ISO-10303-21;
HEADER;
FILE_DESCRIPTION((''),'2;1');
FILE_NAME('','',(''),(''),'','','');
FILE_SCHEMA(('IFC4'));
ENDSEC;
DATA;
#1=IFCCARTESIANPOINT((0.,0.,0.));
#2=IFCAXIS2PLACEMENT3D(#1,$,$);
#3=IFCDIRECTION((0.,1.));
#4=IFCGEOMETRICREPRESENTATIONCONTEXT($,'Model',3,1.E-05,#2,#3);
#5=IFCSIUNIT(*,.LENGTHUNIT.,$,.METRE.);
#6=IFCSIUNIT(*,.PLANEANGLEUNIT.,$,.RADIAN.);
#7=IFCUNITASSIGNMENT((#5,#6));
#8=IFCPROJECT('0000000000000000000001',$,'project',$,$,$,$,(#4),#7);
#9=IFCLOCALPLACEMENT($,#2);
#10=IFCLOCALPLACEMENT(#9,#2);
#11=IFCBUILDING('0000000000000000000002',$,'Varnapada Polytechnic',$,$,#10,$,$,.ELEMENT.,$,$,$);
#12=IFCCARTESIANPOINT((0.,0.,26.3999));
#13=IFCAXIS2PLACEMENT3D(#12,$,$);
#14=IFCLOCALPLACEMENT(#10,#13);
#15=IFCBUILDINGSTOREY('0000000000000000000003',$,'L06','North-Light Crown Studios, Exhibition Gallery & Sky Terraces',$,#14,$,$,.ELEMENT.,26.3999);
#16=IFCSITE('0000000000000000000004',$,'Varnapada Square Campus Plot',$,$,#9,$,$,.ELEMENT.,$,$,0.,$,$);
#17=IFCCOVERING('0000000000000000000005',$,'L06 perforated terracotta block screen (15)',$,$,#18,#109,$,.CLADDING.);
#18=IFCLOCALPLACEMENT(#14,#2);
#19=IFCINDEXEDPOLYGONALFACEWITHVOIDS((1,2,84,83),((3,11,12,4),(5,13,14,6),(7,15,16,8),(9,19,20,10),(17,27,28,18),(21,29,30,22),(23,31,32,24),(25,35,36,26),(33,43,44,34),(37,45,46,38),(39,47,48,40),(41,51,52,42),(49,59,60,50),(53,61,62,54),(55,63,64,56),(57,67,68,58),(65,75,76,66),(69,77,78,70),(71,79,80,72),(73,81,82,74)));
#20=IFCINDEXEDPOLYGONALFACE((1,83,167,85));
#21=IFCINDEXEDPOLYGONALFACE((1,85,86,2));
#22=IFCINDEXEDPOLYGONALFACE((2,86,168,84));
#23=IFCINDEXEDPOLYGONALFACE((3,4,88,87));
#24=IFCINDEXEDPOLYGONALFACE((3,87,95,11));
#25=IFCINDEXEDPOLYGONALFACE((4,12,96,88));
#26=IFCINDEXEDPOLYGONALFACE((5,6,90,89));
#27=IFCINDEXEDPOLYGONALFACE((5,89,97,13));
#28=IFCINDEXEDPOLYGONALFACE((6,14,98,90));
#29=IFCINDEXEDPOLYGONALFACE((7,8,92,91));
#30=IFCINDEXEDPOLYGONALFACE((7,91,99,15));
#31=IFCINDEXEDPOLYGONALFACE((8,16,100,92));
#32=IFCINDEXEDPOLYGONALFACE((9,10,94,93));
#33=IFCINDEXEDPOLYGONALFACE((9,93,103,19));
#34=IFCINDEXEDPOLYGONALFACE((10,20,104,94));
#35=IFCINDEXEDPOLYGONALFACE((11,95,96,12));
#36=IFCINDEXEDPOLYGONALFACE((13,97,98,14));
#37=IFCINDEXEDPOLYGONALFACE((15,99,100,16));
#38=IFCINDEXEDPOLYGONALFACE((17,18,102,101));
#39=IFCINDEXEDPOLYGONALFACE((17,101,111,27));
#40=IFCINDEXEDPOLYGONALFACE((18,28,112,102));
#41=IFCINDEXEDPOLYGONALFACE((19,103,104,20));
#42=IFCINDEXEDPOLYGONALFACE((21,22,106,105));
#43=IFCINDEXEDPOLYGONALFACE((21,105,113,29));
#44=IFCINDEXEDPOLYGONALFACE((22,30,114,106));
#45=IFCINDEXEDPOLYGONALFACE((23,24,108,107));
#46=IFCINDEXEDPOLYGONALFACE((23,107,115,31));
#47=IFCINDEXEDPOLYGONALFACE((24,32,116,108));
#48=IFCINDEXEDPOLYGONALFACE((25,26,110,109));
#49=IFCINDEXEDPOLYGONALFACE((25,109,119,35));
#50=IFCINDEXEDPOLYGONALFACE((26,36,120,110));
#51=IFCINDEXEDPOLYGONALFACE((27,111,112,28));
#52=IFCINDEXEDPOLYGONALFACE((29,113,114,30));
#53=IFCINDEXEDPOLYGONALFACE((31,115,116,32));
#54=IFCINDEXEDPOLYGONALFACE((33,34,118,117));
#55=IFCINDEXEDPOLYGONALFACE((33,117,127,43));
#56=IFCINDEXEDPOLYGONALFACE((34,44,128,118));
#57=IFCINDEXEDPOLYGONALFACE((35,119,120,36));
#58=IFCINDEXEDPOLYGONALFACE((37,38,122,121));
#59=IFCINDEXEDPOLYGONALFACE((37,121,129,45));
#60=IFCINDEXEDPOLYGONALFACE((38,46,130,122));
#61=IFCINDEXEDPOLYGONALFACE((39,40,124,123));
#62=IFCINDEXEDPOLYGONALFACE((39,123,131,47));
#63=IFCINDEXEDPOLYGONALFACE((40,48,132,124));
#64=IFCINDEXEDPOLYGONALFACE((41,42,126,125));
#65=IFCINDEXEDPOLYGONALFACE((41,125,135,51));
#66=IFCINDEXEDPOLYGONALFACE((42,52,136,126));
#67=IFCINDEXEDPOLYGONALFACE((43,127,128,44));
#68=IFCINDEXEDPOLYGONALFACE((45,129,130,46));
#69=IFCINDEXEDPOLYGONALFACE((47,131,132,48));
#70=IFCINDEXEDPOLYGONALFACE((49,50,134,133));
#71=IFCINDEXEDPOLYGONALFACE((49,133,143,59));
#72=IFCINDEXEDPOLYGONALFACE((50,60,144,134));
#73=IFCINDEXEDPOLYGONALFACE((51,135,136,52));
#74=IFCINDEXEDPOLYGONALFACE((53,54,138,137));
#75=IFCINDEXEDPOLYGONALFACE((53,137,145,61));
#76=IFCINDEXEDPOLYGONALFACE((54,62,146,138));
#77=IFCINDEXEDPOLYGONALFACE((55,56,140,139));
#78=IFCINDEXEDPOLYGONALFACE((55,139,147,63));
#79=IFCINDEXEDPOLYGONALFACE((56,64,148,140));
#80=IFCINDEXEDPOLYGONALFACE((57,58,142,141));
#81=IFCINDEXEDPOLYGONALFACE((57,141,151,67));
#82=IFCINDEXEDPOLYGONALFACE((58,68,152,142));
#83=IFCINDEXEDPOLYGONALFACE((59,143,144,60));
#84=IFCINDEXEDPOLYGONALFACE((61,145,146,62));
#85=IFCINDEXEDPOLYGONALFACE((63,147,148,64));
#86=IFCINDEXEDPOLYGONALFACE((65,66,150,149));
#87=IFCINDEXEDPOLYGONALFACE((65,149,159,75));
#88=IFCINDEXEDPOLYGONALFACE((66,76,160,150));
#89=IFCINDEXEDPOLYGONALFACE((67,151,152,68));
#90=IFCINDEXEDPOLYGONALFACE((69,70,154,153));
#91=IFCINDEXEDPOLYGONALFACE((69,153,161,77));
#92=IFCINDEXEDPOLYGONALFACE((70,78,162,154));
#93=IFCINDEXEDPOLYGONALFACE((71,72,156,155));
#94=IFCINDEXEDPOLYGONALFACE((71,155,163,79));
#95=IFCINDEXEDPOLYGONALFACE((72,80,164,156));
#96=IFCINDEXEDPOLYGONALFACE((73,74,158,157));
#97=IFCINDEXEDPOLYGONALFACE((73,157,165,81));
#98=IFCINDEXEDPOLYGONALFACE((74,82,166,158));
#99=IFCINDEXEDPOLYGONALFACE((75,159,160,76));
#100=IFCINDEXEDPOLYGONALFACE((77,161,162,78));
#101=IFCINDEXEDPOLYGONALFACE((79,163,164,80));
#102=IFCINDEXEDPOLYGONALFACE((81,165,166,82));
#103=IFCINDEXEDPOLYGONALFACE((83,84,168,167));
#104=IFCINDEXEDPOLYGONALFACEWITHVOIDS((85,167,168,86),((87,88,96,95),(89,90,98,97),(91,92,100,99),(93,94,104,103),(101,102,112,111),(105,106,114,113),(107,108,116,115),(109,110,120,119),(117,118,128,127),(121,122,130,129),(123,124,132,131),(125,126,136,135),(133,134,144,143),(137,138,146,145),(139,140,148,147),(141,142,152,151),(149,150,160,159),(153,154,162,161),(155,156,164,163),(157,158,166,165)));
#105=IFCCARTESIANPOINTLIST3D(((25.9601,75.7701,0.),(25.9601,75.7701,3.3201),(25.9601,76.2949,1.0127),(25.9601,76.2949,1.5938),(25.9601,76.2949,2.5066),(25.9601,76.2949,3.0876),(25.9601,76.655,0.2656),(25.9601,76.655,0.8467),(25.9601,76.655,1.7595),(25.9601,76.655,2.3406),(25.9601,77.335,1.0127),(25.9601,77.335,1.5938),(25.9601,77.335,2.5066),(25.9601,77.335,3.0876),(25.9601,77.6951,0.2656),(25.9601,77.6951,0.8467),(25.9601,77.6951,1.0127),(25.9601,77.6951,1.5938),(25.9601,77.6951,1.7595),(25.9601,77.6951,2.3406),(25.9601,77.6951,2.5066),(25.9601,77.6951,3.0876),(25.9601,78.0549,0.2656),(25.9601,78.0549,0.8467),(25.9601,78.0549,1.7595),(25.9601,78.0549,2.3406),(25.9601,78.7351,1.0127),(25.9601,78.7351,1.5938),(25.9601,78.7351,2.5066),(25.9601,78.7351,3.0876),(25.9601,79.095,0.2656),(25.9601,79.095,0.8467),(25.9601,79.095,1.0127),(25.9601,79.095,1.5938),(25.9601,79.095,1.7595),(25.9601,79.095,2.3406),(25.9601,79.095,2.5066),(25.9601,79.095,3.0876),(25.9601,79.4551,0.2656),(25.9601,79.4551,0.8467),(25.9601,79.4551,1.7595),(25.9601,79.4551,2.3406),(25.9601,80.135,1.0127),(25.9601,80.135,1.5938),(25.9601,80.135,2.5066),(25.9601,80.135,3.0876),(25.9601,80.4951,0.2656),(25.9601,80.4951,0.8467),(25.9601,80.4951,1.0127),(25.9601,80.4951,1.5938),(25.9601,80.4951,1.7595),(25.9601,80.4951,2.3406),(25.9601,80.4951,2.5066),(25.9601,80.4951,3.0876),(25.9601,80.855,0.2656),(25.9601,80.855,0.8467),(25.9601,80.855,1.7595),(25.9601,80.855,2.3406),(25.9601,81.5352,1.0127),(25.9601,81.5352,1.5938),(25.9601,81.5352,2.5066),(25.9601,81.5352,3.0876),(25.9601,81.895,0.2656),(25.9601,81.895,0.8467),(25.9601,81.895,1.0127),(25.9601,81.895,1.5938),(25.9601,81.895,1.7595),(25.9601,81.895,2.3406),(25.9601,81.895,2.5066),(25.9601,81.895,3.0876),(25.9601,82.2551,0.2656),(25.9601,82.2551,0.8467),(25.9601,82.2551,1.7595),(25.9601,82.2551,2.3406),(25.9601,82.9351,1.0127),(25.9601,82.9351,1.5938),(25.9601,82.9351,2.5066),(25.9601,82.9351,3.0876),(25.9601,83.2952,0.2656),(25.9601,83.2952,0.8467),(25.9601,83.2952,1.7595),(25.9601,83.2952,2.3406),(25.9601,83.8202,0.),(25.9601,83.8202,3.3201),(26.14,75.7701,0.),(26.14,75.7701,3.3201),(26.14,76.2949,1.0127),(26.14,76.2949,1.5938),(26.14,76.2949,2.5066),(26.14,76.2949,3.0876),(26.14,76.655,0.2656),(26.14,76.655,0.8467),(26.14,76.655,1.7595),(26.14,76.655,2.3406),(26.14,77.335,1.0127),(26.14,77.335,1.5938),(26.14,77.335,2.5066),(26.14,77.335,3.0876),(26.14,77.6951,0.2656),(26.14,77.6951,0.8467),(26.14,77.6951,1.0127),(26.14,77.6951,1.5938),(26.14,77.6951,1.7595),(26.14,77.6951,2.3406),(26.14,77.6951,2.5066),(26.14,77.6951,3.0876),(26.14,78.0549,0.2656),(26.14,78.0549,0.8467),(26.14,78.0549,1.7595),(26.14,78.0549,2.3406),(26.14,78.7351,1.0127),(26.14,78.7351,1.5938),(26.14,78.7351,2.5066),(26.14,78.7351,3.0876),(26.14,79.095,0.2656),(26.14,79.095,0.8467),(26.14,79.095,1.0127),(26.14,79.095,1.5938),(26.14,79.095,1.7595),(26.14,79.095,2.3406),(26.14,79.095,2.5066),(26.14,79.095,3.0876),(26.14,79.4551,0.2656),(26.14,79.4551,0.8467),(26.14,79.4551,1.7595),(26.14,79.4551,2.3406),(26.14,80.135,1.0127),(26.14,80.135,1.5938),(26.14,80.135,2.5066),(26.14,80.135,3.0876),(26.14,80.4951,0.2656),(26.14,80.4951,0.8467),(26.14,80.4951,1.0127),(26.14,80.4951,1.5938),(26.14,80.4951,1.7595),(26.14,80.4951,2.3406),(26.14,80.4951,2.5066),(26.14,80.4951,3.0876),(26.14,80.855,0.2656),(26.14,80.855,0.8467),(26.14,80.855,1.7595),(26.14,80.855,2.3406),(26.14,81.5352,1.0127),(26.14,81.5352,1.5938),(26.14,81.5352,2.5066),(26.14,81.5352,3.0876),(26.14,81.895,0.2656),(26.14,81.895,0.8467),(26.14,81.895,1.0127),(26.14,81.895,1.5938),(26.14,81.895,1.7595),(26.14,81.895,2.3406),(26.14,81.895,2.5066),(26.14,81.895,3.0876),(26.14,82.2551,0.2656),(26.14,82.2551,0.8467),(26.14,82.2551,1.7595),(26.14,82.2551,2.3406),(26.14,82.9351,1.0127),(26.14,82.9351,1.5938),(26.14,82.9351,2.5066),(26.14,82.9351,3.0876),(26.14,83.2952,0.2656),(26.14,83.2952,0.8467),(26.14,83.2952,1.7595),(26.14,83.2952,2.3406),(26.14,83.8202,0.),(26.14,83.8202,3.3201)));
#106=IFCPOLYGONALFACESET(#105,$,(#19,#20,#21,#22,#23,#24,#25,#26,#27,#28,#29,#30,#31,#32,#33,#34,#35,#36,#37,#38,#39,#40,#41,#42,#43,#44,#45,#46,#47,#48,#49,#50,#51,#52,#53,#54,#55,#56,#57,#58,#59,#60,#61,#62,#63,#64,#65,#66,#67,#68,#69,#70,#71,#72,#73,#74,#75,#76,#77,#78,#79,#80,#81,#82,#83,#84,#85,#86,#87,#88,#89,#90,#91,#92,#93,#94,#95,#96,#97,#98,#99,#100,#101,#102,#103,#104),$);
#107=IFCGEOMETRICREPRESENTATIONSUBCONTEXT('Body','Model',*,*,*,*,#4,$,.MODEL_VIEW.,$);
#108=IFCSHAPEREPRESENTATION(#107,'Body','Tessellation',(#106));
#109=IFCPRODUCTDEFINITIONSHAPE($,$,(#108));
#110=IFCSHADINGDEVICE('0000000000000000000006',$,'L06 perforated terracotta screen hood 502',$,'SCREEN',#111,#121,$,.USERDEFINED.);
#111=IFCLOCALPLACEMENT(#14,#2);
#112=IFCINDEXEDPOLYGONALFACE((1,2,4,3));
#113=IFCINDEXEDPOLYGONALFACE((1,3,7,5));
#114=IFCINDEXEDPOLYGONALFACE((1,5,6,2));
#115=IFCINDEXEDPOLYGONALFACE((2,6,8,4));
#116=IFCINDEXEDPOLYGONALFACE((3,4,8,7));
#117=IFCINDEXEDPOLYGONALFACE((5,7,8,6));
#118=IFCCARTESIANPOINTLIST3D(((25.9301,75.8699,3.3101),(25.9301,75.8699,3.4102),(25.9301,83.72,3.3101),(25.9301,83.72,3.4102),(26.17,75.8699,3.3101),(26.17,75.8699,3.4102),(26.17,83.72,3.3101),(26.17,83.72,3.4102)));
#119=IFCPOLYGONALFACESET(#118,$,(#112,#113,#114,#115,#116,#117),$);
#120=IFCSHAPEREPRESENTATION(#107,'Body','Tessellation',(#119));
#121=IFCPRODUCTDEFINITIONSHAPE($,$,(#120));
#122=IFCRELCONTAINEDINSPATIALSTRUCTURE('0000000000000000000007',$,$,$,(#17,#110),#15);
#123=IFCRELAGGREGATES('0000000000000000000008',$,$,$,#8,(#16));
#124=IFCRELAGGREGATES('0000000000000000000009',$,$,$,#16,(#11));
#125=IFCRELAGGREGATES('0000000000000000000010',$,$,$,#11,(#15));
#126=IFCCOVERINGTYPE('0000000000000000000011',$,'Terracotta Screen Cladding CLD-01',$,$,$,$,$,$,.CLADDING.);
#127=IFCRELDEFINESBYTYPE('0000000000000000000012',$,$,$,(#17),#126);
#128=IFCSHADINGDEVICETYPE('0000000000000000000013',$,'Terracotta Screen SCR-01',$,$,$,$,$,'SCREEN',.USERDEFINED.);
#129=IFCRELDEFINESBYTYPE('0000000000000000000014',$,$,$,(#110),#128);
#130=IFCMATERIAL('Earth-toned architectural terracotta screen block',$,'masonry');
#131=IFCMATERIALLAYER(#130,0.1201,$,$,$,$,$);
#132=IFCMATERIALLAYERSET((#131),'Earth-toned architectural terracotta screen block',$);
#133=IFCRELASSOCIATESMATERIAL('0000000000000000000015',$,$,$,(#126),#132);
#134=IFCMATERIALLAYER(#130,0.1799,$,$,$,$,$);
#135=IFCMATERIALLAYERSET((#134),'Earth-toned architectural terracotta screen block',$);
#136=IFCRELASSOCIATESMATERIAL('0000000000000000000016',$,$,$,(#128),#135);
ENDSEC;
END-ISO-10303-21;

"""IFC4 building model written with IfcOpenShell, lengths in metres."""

from ifc_helpers import new_model, si_unit, direction, frame, frame_2d, origin, origin_2d, place, context, subcontext, project, spatial, rectangle, extrude, material, layer, layer_set, type_object, element, save


model = new_model("IFC4")

# Units and contexts
model_context = context("Model", 3, precision=1e-05, world=origin(), true_north=direction((0.0, 1.0)))
body_context = subcontext(model_context, "Body", "Model", "MODEL_VIEW")
ifc_project = project(units=[si_unit("LENGTHUNIT", "METRE"), si_unit("PLANEANGLEUNIT", "RADIAN")], contexts=[model_context])

# Site, building, storey
site_placement = place(None, origin())
site = spatial("IfcSite", under=ifc_project, at=site_placement, Name="Varnapada Square Campus Plot", CompositionType="ELEMENT", RefElevation=0.0)
building_placement = place(site_placement, origin())
building = spatial("IfcBuilding", under=site, at=building_placement, Name="Varnapada Polytechnic", CompositionType="ELEMENT")
storey_placement = place(building_placement, frame((0.0, 0.0, 26.3999)))
storey = spatial("IfcBuildingStorey", under=building, at=storey_placement, Name="L06", Description="North-Light Crown Studios, Exhibition Gallery & Sky Terraces", CompositionType="ELEMENT", Elevation=26.3999)

# Covering, openings
ifc_material_1 = material(Name="Earth-toned architectural terracotta screen block", Category="masonry")
ifc_layer_1 = layer(ifc_material_1, 0.1201)
ifc_layer_set_1 = layer_set([ifc_layer_1], Name="Earth-toned architectural terracotta screen block")
covering_type_1 = type_object("IfcCoveringType", Name="Terracotta Screen Cladding CLD-01", PredefinedType="CLADDING", material=ifc_layer_set_1)
covering_1_placement = place(storey_placement, frame((26.05, 83.8201, 0.0), z_axis=(0.0, 0.0, 1.0), x_axis=(0.0, -1.0, 0.0)))
covering_1 = element("IfcCovering", 1, at=covering_1_placement, inside=storey, type_object=covering_type_1, Name="L06 perforated terracotta block screen (15)", PredefinedType="CLADDING", context=body_context, shape_type="SweptSolid", body=[
    extrude(rectangle(XDim=8.05, YDim=0.1799, at=frame_2d((4.0249, 0.0))), origin(), (0.0, 0.0, 1.0), 3.3201),
])
opening_1_placement = place(covering_1_placement, frame((0.5249, 0.0, 0.2656)))
element("IfcOpeningElement", 2, at=opening_1_placement, cuts=covering_1, PredefinedType="OPENING", context=body_context, shape_type="SweptSolid", body=[
    extrude(rectangle(XDim=1.04, YDim=0.5811, at=frame_2d((0.52, 0.2905))), frame((0.0, 0.0999, 0.0), z_axis=(0.0, -1.0, 0.0), x_axis=(1.0, 0.0, 0.0)), (0.0, 0.0, 1.0), 0.2),
])
opening_2_placement = place(covering_1_placement, frame((1.925, 0.0, 0.2656)))
element("IfcOpeningElement", 3, at=opening_2_placement, cuts=covering_1, PredefinedType="OPENING", context=body_context, shape_type="SweptSolid", body=[
    extrude(rectangle(XDim=1.04, YDim=0.5811, at=frame_2d((0.52, 0.2905))), frame((0.0, 0.0999, 0.0), z_axis=(0.0, -1.0, 0.0), x_axis=(1.0, 0.0, 0.0)), (0.0, 0.0, 1.0), 0.2),
])
opening_3_placement = place(covering_1_placement, frame((3.325, 0.0, 0.2656)))
element("IfcOpeningElement", 4, at=opening_3_placement, cuts=covering_1, PredefinedType="OPENING", context=body_context, shape_type="SweptSolid", body=[
    extrude(rectangle(XDim=1.04, YDim=0.5811, at=frame_2d((0.52, 0.2905))), frame((0.0, 0.0999, 0.0), z_axis=(0.0, -1.0, 0.0), x_axis=(1.0, 0.0, 0.0)), (0.0, 0.0, 1.0), 0.2),
])
opening_4_placement = place(covering_1_placement, frame((4.7251, 0.0, 0.2656)))
element("IfcOpeningElement", 5, at=opening_4_placement, cuts=covering_1, PredefinedType="OPENING", context=body_context, shape_type="SweptSolid", body=[
    extrude(rectangle(XDim=1.04, YDim=0.5811, at=frame_2d((0.52, 0.2905))), frame((0.0, 0.0999, 0.0), z_axis=(0.0, -1.0, 0.0), x_axis=(1.0, 0.0, 0.0)), (0.0, 0.0, 1.0), 0.2),
])
opening_5_placement = place(covering_1_placement, frame((6.125, 0.0, 0.2656)))
element("IfcOpeningElement", 6, at=opening_5_placement, cuts=covering_1, PredefinedType="OPENING", context=body_context, shape_type="SweptSolid", body=[
    extrude(rectangle(XDim=1.04, YDim=0.5811, at=frame_2d((0.52, 0.2905))), frame((0.0, 0.0999, 0.0), z_axis=(0.0, -1.0, 0.0), x_axis=(1.0, 0.0, 0.0)), (0.0, 0.0, 1.0), 0.2),
])
opening_6_placement = place(covering_1_placement, frame((0.885, 0.0, 1.0127)))
element("IfcOpeningElement", 7, at=opening_6_placement, cuts=covering_1, PredefinedType="OPENING", context=body_context, shape_type="SweptSolid", body=[
    extrude(rectangle(XDim=1.04, YDim=0.5811, at=frame_2d((0.52, 0.2905))), frame((0.0, 0.0999, 0.0), z_axis=(0.0, -1.0, 0.0), x_axis=(1.0, 0.0, 0.0)), (0.0, 0.0, 1.0), 0.2),
])
opening_7_placement = place(covering_1_placement, frame((2.2849, 0.0, 1.0127)))
element("IfcOpeningElement", 8, at=opening_7_placement, cuts=covering_1, PredefinedType="OPENING", context=body_context, shape_type="SweptSolid", body=[
    extrude(rectangle(XDim=1.04, YDim=0.5811, at=frame_2d((0.52, 0.2905))), frame((0.0, 0.0999, 0.0), z_axis=(0.0, -1.0, 0.0), x_axis=(1.0, 0.0, 0.0)), (0.0, 0.0, 1.0), 0.2),
])
opening_8_placement = place(covering_1_placement, frame((3.6851, 0.0, 1.0127)))
element("IfcOpeningElement", 9, at=opening_8_placement, cuts=covering_1, PredefinedType="OPENING", context=body_context, shape_type="SweptSolid", body=[
    extrude(rectangle(XDim=1.04, YDim=0.5811, at=frame_2d((0.52, 0.2905))), frame((0.0, 0.0999, 0.0), z_axis=(0.0, -1.0, 0.0), x_axis=(1.0, 0.0, 0.0)), (0.0, 0.0, 1.0), 0.2),
])
opening_9_placement = place(covering_1_placement, frame((5.085, 0.0, 1.0127)))
element("IfcOpeningElement", 10, at=opening_9_placement, cuts=covering_1, PredefinedType="OPENING", context=body_context, shape_type="SweptSolid", body=[
    extrude(rectangle(XDim=1.04, YDim=0.5811, at=frame_2d((0.52, 0.2905))), frame((0.0, 0.0999, 0.0), z_axis=(0.0, -1.0, 0.0), x_axis=(1.0, 0.0, 0.0)), (0.0, 0.0, 1.0), 0.2),
])
opening_10_placement = place(covering_1_placement, frame((6.4851, 0.0, 1.0127)))
element("IfcOpeningElement", 11, at=opening_10_placement, cuts=covering_1, PredefinedType="OPENING", context=body_context, shape_type="SweptSolid", body=[
    extrude(rectangle(XDim=1.04, YDim=0.5811, at=frame_2d((0.52, 0.2905))), frame((0.0, 0.0999, 0.0), z_axis=(0.0, -1.0, 0.0), x_axis=(1.0, 0.0, 0.0)), (0.0, 0.0, 1.0), 0.2),
])
opening_11_placement = place(covering_1_placement, frame((0.5249, 0.0, 1.7595)))
element("IfcOpeningElement", 12, at=opening_11_placement, cuts=covering_1, PredefinedType="OPENING", context=body_context, shape_type="SweptSolid", body=[
    extrude(rectangle(XDim=1.04, YDim=0.5811, at=frame_2d((0.52, 0.2905))), frame((0.0, 0.0999, 0.0), z_axis=(0.0, -1.0, 0.0), x_axis=(1.0, 0.0, 0.0)), (0.0, 0.0, 1.0), 0.2),
])
opening_12_placement = place(covering_1_placement, frame((1.925, 0.0, 1.7595)))
element("IfcOpeningElement", 13, at=opening_12_placement, cuts=covering_1, PredefinedType="OPENING", context=body_context, shape_type="SweptSolid", body=[
    extrude(rectangle(XDim=1.04, YDim=0.5811, at=frame_2d((0.52, 0.2905))), frame((0.0, 0.0999, 0.0), z_axis=(0.0, -1.0, 0.0), x_axis=(1.0, 0.0, 0.0)), (0.0, 0.0, 1.0), 0.2),
])
opening_13_placement = place(covering_1_placement, frame((3.325, 0.0, 1.7595)))
element("IfcOpeningElement", 14, at=opening_13_placement, cuts=covering_1, PredefinedType="OPENING", context=body_context, shape_type="SweptSolid", body=[
    extrude(rectangle(XDim=1.04, YDim=0.5811, at=frame_2d((0.52, 0.2905))), frame((0.0, 0.0999, 0.0), z_axis=(0.0, -1.0, 0.0), x_axis=(1.0, 0.0, 0.0)), (0.0, 0.0, 1.0), 0.2),
])
opening_14_placement = place(covering_1_placement, frame((4.7251, 0.0, 1.7595)))
element("IfcOpeningElement", 15, at=opening_14_placement, cuts=covering_1, PredefinedType="OPENING", context=body_context, shape_type="SweptSolid", body=[
    extrude(rectangle(XDim=1.04, YDim=0.5811, at=frame_2d((0.52, 0.2905))), frame((0.0, 0.0999, 0.0), z_axis=(0.0, -1.0, 0.0), x_axis=(1.0, 0.0, 0.0)), (0.0, 0.0, 1.0), 0.2),
])
opening_15_placement = place(covering_1_placement, frame((6.125, 0.0, 1.7595)))
element("IfcOpeningElement", 16, at=opening_15_placement, cuts=covering_1, PredefinedType="OPENING", context=body_context, shape_type="SweptSolid", body=[
    extrude(rectangle(XDim=1.04, YDim=0.5811, at=frame_2d((0.52, 0.2905))), frame((0.0, 0.0999, 0.0), z_axis=(0.0, -1.0, 0.0), x_axis=(1.0, 0.0, 0.0)), (0.0, 0.0, 1.0), 0.2),
])
opening_16_placement = place(covering_1_placement, frame((0.885, 0.0, 2.5066)))
element("IfcOpeningElement", 17, at=opening_16_placement, cuts=covering_1, PredefinedType="OPENING", context=body_context, shape_type="SweptSolid", body=[
    extrude(rectangle(XDim=1.04, YDim=0.5811, at=frame_2d((0.52, 0.2905))), frame((0.0, 0.0999, 0.0), z_axis=(0.0, -1.0, 0.0), x_axis=(1.0, 0.0, 0.0)), (0.0, 0.0, 1.0), 0.2),
])
opening_17_placement = place(covering_1_placement, frame((2.2849, 0.0, 2.5066)))
element("IfcOpeningElement", 18, at=opening_17_placement, cuts=covering_1, PredefinedType="OPENING", context=body_context, shape_type="SweptSolid", body=[
    extrude(rectangle(XDim=1.04, YDim=0.5811, at=frame_2d((0.52, 0.2905))), frame((0.0, 0.0999, 0.0), z_axis=(0.0, -1.0, 0.0), x_axis=(1.0, 0.0, 0.0)), (0.0, 0.0, 1.0), 0.2),
])
opening_18_placement = place(covering_1_placement, frame((3.6851, 0.0, 2.5066)))
element("IfcOpeningElement", 19, at=opening_18_placement, cuts=covering_1, PredefinedType="OPENING", context=body_context, shape_type="SweptSolid", body=[
    extrude(rectangle(XDim=1.04, YDim=0.5811, at=frame_2d((0.52, 0.2905))), frame((0.0, 0.0999, 0.0), z_axis=(0.0, -1.0, 0.0), x_axis=(1.0, 0.0, 0.0)), (0.0, 0.0, 1.0), 0.2),
])
opening_19_placement = place(covering_1_placement, frame((5.085, 0.0, 2.5066)))
element("IfcOpeningElement", 20, at=opening_19_placement, cuts=covering_1, PredefinedType="OPENING", context=body_context, shape_type="SweptSolid", body=[
    extrude(rectangle(XDim=1.04, YDim=0.5811, at=frame_2d((0.52, 0.2905))), frame((0.0, 0.0999, 0.0), z_axis=(0.0, -1.0, 0.0), x_axis=(1.0, 0.0, 0.0)), (0.0, 0.0, 1.0), 0.2),
])
opening_20_placement = place(covering_1_placement, frame((6.4851, 0.0, 2.5066)))
element("IfcOpeningElement", 21, at=opening_20_placement, cuts=covering_1, PredefinedType="OPENING", context=body_context, shape_type="SweptSolid", body=[
    extrude(rectangle(XDim=1.04, YDim=0.5811, at=frame_2d((0.52, 0.2905))), frame((0.0, 0.0999, 0.0), z_axis=(0.0, -1.0, 0.0), x_axis=(1.0, 0.0, 0.0)), (0.0, 0.0, 1.0), 0.2),
])

# Shading device
ifc_layer_2 = layer(ifc_material_1, 0.1799)
ifc_layer_set_2 = layer_set([ifc_layer_2], Name="Earth-toned architectural terracotta screen block")
shading_device_type = type_object("IfcShadingDeviceType", Name="Terracotta Screen SCR-01", ElementType="SCREEN", PredefinedType="USERDEFINED", material=ifc_layer_set_2)
shading_device_placement = place(storey_placement, frame((26.05, 79.7949, 3.3101), z_axis=(0.0, 0.0, 1.0), x_axis=(0.0, -1.0, 0.0)))
element("IfcShadingDevice", 22, at=shading_device_placement, inside=storey, type_object=shading_device_type, Name="L06 perforated terracotta screen hood 502", ObjectType="SCREEN", PredefinedType="USERDEFINED", context=body_context, shape_type="SweptSolid", body=[
    extrude(rectangle(XDim=7.8501, YDim=0.24, at=origin_2d()), origin(), (0.0, 0.0, 1.0), 0.1001),
])

save(model, "model.ifc")
